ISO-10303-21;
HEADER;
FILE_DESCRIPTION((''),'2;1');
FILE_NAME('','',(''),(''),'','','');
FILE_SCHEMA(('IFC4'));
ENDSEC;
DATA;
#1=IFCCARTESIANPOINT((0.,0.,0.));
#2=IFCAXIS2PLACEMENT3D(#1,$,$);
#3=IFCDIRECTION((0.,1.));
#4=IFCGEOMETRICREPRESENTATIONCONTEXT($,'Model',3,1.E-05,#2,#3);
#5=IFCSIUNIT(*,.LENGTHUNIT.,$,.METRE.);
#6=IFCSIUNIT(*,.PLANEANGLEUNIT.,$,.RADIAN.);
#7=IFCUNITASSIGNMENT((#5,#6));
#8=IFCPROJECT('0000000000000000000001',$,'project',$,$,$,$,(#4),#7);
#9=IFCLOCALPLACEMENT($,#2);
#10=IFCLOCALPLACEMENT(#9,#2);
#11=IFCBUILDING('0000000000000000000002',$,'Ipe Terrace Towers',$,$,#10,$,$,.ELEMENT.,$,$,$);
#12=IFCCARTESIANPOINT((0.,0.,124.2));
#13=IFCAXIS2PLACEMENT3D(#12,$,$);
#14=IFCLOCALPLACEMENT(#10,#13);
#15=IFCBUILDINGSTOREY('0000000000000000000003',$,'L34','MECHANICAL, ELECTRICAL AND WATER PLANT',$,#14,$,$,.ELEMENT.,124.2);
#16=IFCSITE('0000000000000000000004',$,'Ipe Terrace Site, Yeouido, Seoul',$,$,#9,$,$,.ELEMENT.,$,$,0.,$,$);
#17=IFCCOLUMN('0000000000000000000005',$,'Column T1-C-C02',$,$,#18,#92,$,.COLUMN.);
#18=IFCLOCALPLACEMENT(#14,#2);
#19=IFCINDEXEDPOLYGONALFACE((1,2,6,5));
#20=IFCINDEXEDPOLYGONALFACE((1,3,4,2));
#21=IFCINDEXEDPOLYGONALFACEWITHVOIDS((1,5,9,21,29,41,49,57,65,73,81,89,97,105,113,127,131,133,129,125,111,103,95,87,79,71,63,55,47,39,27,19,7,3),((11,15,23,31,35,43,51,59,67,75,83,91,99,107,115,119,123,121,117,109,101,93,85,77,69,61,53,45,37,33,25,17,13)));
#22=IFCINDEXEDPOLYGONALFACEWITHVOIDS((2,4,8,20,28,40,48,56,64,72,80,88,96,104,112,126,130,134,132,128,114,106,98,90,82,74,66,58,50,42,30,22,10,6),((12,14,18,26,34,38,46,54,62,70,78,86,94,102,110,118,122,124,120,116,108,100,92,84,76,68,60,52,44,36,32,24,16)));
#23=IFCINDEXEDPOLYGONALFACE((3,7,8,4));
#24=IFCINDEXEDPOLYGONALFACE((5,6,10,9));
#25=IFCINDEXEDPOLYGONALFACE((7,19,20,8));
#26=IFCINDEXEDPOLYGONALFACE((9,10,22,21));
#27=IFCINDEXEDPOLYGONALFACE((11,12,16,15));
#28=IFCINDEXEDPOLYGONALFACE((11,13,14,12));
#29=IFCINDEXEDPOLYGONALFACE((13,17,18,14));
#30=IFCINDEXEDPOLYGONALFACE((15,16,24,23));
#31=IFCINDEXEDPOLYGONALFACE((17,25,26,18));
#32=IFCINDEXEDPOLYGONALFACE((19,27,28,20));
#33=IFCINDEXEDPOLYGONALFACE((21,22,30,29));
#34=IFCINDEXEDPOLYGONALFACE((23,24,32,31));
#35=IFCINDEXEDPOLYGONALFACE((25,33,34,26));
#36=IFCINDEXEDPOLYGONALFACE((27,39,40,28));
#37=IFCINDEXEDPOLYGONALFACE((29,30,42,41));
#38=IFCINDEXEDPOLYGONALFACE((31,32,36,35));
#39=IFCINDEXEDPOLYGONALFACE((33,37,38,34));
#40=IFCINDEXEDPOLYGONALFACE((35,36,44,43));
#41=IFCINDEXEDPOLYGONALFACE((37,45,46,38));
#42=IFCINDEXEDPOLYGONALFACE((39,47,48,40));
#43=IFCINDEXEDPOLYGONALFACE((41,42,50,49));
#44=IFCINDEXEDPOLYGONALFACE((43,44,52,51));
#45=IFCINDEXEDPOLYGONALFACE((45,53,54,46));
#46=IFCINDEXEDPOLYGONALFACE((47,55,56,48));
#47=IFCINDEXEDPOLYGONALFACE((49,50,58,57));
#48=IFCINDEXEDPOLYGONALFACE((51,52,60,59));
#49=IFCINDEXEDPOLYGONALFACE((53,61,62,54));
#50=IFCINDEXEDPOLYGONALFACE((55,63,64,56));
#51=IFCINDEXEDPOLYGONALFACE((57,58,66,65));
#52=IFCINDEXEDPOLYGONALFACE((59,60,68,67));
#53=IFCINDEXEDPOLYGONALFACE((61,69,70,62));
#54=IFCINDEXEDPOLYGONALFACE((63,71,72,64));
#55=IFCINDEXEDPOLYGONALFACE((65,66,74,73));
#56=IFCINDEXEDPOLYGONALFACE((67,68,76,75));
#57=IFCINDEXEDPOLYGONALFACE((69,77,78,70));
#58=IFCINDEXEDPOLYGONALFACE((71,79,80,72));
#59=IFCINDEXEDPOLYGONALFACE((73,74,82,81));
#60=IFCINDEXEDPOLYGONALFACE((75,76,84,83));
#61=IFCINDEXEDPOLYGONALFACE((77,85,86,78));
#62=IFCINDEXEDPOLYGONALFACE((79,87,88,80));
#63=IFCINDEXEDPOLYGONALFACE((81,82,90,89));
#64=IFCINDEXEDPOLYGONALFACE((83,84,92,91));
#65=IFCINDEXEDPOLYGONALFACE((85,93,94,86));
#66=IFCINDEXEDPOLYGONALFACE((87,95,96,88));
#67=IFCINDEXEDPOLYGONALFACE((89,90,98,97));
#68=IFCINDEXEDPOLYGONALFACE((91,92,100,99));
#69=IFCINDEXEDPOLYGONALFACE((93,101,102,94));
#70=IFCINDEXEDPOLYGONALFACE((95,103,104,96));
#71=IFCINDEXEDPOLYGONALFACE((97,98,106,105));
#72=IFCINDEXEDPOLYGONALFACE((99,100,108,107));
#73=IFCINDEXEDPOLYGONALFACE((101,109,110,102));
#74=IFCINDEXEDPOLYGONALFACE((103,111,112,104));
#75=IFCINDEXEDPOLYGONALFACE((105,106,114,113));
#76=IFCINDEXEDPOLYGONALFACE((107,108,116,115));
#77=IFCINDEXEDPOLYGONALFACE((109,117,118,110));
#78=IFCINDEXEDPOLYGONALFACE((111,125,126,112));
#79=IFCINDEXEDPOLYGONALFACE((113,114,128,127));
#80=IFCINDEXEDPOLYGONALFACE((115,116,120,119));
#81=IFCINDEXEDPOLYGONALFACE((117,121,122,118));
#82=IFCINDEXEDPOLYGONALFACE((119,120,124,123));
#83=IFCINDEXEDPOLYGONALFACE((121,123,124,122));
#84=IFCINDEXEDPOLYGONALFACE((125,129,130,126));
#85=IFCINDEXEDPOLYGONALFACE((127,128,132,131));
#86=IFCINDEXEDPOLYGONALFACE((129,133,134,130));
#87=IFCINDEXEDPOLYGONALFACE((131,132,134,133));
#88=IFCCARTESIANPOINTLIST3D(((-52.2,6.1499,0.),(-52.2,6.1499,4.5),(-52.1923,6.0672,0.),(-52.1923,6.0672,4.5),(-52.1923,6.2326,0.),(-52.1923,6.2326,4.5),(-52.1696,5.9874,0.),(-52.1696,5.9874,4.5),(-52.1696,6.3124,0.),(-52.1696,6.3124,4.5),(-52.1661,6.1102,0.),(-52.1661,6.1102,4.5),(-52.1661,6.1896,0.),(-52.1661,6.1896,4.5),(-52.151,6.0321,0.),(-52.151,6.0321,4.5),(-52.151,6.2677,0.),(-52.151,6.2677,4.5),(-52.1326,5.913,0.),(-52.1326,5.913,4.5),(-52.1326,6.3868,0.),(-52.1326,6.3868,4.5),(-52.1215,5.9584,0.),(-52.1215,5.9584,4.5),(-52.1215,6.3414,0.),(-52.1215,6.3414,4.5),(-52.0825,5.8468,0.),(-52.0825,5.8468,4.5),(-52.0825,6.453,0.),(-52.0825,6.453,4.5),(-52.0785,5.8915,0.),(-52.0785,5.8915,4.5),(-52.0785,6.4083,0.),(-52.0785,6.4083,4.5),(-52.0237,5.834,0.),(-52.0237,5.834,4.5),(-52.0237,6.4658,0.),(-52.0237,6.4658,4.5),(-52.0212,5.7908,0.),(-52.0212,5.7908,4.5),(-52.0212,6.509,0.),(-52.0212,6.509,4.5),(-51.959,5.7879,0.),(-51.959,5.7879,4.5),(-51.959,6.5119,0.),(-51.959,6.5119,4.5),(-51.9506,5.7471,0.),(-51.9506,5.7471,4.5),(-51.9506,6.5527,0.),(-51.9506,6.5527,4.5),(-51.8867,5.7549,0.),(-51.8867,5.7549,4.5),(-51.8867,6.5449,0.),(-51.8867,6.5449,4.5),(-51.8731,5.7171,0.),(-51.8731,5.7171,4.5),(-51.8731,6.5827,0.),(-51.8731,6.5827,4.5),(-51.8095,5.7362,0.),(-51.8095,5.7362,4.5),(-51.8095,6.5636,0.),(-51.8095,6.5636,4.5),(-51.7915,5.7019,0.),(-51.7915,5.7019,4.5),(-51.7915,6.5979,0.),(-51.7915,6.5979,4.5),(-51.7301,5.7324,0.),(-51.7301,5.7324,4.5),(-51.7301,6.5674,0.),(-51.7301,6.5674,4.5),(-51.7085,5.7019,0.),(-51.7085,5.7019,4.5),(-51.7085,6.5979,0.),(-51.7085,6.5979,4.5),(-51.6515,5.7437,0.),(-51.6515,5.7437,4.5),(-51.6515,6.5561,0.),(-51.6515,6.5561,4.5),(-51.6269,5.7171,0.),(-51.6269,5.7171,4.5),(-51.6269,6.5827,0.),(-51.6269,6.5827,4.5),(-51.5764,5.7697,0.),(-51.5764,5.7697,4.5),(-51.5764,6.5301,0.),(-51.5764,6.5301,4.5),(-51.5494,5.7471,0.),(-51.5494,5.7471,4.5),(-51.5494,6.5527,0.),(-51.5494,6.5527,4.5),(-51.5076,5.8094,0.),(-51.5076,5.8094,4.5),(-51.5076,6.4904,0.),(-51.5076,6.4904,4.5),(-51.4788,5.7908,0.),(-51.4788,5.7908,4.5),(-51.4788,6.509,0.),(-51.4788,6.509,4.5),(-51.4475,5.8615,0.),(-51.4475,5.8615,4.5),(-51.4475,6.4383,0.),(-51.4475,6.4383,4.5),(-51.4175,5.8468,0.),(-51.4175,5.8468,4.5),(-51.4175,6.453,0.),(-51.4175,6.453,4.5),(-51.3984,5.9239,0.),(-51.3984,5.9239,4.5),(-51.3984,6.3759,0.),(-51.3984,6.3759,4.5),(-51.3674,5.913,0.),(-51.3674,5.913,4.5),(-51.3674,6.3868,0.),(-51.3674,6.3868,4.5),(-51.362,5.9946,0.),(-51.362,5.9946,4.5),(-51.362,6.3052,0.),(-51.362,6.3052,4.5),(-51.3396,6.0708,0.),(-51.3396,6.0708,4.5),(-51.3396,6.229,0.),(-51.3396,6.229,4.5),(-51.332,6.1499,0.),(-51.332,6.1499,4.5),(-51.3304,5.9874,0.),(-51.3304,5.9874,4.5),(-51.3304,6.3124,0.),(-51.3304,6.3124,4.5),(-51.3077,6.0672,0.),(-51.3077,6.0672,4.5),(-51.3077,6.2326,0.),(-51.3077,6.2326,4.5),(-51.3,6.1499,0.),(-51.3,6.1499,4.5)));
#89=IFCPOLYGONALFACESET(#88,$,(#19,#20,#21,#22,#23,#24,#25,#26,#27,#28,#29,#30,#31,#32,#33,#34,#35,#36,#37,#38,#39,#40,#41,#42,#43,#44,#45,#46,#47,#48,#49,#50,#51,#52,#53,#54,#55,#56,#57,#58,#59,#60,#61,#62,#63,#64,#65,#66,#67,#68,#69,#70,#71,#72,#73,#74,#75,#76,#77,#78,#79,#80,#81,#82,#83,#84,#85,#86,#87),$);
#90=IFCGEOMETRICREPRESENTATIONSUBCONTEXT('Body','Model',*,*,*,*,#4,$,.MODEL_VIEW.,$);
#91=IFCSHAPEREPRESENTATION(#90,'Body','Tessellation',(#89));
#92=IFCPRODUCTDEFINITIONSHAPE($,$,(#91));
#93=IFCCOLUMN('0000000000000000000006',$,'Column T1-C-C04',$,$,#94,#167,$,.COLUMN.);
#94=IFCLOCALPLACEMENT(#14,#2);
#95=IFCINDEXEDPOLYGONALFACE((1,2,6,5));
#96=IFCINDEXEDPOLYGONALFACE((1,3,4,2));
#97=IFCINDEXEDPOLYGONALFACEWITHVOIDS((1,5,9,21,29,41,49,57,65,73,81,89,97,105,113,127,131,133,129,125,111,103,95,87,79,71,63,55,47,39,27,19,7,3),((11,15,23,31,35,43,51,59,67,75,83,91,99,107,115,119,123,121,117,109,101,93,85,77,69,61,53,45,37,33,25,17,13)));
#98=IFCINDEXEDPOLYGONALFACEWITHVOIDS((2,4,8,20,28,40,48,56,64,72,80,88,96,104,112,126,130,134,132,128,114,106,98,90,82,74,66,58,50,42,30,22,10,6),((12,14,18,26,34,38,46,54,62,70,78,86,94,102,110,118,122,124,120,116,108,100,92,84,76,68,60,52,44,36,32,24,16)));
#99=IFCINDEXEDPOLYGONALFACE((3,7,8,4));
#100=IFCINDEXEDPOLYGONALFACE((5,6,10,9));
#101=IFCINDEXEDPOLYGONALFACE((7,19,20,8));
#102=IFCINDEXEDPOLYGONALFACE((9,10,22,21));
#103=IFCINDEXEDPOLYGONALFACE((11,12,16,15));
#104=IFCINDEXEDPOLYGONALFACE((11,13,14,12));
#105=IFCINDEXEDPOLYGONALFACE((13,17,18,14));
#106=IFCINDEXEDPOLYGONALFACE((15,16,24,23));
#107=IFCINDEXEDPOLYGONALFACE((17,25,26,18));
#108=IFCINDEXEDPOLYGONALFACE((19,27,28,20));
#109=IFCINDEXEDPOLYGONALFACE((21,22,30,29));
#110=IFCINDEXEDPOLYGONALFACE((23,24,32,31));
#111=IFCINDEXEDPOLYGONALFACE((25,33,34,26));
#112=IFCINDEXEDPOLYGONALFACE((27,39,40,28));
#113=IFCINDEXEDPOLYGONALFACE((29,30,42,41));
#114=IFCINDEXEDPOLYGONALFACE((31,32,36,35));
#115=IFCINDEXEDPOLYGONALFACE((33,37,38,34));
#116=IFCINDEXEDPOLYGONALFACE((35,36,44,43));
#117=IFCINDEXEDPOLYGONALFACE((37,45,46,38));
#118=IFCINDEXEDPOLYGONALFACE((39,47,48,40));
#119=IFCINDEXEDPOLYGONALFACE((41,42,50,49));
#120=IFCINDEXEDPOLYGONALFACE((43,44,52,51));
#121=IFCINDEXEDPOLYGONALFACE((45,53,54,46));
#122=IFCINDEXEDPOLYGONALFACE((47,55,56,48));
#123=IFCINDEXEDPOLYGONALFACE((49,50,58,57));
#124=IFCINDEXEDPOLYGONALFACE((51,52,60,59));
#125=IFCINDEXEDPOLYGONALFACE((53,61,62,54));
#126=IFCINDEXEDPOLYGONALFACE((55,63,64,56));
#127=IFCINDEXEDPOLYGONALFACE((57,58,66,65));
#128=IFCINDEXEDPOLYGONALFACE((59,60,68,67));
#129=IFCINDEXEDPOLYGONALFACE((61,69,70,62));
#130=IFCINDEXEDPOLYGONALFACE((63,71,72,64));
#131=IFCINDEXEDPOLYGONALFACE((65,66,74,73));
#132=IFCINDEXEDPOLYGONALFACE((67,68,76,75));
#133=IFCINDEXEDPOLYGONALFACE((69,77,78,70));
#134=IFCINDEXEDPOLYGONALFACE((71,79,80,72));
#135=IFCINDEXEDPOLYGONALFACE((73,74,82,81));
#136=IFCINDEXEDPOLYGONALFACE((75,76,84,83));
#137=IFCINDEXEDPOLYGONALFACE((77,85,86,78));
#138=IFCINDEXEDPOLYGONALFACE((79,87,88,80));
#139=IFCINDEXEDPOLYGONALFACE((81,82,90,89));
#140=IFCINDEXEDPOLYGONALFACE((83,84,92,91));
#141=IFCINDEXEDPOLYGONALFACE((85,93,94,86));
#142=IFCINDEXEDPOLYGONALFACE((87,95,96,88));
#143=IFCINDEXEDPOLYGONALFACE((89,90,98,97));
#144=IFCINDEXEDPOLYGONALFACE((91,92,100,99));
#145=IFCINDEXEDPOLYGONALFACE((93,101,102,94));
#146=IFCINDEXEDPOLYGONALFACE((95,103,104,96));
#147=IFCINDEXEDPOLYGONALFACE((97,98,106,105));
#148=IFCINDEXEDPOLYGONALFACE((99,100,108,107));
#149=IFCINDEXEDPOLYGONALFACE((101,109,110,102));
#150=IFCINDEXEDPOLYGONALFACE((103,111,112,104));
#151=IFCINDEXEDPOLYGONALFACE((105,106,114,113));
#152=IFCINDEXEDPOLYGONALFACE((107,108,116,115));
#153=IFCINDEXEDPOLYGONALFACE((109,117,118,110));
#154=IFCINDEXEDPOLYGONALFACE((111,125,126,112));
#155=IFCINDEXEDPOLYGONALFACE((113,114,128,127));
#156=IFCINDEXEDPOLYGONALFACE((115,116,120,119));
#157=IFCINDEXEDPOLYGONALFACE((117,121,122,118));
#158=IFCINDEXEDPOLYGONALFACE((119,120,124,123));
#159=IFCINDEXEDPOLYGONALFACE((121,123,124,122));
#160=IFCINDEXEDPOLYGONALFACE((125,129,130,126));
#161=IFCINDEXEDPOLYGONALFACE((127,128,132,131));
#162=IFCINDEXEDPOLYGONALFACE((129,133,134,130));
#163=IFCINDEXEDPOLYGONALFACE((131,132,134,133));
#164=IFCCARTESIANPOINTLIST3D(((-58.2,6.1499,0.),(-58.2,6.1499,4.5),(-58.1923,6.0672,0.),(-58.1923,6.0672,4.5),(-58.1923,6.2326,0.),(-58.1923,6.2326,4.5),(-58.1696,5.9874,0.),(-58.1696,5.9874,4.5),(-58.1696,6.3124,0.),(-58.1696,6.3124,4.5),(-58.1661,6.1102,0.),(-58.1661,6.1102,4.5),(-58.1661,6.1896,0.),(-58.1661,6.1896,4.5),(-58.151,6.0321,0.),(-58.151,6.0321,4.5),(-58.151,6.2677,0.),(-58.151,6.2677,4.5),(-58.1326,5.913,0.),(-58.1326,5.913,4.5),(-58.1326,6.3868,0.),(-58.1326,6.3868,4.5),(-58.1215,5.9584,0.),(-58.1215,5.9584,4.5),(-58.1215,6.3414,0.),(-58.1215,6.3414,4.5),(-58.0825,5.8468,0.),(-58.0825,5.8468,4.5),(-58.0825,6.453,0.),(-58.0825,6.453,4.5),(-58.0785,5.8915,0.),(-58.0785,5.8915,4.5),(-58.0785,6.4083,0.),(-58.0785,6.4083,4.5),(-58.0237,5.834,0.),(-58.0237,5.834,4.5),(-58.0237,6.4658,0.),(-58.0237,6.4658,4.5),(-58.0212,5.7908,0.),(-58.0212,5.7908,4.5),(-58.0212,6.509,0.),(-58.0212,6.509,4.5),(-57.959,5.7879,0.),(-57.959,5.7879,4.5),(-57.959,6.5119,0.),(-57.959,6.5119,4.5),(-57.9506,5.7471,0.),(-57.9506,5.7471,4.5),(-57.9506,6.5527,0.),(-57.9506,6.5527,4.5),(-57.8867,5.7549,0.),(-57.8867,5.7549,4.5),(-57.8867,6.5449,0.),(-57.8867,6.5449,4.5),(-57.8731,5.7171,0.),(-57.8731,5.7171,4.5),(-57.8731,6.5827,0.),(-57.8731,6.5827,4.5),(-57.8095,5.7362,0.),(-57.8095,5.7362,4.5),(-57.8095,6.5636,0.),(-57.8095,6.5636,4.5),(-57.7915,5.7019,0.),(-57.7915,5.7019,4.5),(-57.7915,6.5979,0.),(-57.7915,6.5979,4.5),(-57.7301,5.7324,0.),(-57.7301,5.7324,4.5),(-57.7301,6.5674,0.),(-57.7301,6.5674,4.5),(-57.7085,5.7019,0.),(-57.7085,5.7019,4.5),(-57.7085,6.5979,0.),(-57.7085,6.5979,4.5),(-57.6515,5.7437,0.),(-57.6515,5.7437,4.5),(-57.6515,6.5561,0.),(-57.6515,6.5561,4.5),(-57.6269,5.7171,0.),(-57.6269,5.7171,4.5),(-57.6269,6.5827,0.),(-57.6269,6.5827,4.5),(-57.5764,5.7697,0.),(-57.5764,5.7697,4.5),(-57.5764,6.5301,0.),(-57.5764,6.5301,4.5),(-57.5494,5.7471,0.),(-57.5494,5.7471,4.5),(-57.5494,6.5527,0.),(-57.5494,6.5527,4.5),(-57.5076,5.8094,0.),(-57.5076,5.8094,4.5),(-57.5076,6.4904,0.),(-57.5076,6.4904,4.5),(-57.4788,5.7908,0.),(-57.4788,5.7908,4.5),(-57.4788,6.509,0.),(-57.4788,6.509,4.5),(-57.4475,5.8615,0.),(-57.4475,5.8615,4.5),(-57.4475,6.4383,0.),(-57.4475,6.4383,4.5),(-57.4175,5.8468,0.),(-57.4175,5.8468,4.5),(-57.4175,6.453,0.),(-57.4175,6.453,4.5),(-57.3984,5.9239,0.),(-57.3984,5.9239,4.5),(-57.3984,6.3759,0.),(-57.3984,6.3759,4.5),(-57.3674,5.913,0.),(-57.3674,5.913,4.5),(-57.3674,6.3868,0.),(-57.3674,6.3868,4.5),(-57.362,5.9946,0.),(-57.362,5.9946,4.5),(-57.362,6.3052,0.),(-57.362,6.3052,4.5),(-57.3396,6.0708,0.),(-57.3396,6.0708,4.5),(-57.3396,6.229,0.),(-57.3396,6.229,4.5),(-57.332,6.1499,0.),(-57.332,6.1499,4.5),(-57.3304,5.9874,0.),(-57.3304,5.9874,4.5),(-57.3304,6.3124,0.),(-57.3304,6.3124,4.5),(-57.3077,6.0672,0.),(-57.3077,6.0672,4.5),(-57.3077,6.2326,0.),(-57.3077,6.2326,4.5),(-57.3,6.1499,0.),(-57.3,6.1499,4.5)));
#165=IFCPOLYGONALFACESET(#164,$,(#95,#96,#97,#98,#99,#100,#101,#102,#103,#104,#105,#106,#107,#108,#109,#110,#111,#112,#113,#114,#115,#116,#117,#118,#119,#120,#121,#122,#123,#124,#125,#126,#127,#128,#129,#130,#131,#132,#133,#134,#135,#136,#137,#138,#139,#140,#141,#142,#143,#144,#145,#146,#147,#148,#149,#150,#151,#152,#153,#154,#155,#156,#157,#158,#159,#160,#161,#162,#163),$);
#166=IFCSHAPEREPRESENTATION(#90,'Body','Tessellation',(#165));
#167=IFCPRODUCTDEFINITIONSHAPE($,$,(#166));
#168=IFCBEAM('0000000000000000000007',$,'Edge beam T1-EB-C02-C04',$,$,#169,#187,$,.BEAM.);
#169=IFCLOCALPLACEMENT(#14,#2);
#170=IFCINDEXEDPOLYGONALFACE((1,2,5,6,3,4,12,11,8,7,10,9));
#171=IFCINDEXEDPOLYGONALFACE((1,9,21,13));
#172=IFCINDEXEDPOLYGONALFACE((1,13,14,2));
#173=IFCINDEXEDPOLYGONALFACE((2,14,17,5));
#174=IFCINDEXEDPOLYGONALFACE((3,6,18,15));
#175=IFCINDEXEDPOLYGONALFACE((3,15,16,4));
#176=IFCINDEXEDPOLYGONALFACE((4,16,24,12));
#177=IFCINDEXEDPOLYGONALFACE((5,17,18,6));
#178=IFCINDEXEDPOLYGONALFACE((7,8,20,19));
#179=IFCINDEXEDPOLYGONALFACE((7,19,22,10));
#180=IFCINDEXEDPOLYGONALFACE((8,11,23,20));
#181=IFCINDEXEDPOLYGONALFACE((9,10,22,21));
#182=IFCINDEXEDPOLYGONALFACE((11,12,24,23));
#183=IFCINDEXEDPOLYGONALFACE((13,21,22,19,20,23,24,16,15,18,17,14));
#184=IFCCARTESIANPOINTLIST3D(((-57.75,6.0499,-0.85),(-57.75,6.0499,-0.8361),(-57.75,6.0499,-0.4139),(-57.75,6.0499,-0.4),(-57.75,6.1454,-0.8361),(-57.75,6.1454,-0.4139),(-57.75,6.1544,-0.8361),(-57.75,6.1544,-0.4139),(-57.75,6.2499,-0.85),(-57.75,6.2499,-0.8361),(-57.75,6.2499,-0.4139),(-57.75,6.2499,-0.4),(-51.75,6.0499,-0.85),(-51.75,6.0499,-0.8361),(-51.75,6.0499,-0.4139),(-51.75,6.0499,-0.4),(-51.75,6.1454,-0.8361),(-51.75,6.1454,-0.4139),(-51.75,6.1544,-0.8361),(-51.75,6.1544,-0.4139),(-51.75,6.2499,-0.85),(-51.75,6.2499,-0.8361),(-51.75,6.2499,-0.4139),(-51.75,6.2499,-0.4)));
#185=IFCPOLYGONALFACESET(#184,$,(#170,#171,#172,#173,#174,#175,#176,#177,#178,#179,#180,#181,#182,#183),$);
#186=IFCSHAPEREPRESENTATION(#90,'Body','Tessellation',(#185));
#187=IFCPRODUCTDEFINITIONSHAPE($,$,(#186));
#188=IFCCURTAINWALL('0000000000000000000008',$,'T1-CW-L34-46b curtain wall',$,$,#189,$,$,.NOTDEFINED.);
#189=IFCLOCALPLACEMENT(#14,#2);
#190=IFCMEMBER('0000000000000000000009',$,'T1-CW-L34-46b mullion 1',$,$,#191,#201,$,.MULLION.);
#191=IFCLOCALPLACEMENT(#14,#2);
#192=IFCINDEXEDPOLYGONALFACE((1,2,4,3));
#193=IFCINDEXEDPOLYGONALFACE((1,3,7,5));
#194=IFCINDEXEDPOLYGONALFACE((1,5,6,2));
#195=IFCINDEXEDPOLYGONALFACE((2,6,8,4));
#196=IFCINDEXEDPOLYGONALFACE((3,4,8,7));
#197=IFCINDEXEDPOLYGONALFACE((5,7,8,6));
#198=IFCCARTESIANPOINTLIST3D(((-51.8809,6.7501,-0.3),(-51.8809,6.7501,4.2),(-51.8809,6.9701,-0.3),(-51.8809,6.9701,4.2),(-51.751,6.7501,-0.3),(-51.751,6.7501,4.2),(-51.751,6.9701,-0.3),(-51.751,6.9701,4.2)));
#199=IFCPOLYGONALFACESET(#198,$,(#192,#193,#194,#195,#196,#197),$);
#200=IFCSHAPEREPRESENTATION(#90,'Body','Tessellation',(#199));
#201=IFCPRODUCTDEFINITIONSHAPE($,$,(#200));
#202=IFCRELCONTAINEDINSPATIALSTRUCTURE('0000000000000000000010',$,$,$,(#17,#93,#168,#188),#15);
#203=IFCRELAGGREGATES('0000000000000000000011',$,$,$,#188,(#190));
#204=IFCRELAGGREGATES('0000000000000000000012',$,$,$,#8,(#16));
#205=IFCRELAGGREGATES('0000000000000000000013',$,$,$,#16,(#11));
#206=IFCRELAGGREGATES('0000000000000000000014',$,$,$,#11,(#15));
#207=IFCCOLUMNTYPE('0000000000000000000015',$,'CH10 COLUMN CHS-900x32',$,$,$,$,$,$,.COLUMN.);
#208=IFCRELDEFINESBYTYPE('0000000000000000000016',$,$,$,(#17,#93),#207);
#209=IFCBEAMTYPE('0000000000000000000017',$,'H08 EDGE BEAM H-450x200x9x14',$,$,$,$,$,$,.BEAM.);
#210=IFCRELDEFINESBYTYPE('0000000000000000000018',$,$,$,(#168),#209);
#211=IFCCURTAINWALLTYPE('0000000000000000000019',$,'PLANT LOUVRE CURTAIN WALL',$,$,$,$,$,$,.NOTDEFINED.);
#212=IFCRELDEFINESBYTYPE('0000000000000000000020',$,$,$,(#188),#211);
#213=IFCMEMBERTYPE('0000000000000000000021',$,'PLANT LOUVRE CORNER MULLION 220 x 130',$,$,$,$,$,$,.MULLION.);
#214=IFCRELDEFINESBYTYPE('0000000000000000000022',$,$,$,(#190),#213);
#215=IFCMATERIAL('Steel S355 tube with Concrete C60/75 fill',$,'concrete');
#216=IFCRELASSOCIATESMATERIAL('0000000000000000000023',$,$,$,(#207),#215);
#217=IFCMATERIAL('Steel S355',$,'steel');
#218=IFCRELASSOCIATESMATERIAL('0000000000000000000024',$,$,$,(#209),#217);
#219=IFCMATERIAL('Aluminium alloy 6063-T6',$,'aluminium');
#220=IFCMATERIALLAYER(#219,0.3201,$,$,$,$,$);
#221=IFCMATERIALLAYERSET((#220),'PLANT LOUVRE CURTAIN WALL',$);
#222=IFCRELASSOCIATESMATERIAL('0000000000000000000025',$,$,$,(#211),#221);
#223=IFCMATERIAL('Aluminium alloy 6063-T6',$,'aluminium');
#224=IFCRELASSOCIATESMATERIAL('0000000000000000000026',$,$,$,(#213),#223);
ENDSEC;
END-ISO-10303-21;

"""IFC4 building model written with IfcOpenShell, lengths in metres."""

from ifc_helpers import new_model, si_unit, direction, frame, origin, origin_2d, place, context, subcontext, project, spatial, rectangle, hollow_circle, i_section, extrude, material, layer, layer_set, material_profile, profile_set, type_object, element, aggregate, save


model = new_model("IFC4")

# Units and contexts
model_context = context("Model", 3, precision=1e-05, world=origin(), true_north=direction((0.0, 1.0)))
body_context = subcontext(model_context, "Body", "Model", "MODEL_VIEW")
ifc_project = project(units=[si_unit("LENGTHUNIT", "METRE"), si_unit("PLANEANGLEUNIT", "RADIAN")], contexts=[model_context])

# Site, building, storey
site_placement = place(None, origin())
site = spatial("IfcSite", under=ifc_project, at=site_placement, Name="Ipe Terrace Site, Yeouido, Seoul", CompositionType="ELEMENT", RefElevation=0.0)
building_placement = place(site_placement, origin())
building = spatial("IfcBuilding", under=site, at=building_placement, Name="Ipe Terrace Towers", CompositionType="ELEMENT")
storey_placement = place(building_placement, frame((0.0, 0.0, 124.2)))
storey = spatial("IfcBuildingStorey", under=building, at=storey_placement, Name="L34", Description="MECHANICAL, ELECTRICAL AND WATER PLANT", CompositionType="ELEMENT", Elevation=124.2)

# Columns
ifc_material_1 = material(Name="Steel S355 tube with Concrete C60/75 fill", Category="concrete")
ifc_material_profile_1 = material_profile(ifc_material_1, hollow_circle(Radius=0.45, WallThickness=0.032, at=origin_2d()), Name="CHS-900x32")
ifc_profile_set_1 = profile_set([ifc_material_profile_1], Name="Steel S355 tube with Concrete C60/75 fill")
column_type = type_object("IfcColumnType", Name="CH10 COLUMN CHS-900x32", PredefinedType="COLUMN", material=ifc_profile_set_1)
for number, where, z_axis, x_axis, name in (
    (1, (-51.75, 6.1499, 0.0), (0.0, 0.0, 1.0), (1.0, 0.0, 0.0), "Column T1-C-C02"),
    (2, (-57.75, 6.1499, 0.0), (0.0, 0.0, 1.0), (1.0, 0.0, 0.0), "Column T1-C-C04"),
):
    element("IfcColumn", number, at=place(storey_placement, frame(where, z_axis=z_axis, x_axis=x_axis)), inside=storey, type_object=column_type, Name=name, PredefinedType="COLUMN", context=body_context, shape_type="SweptSolid", body=[
        extrude(hollow_circle(Radius=0.45, WallThickness=0.032, at=origin_2d()), origin(), (0.0, 0.0, 1.0), 4.5),
    ])

# Beam
ifc_material_2 = material(Name="Steel S355", Category="steel")
ifc_material_profile_2 = material_profile(ifc_material_2, i_section(OverallWidth=0.2, OverallDepth=0.45, WebThickness=0.009, FlangeThickness=0.0139, at=origin_2d()), Name="H-450x200x9x14")
ifc_profile_set_2 = profile_set([ifc_material_profile_2], Name="Steel S355")
beam_type = type_object("IfcBeamType", Name="H08 EDGE BEAM H-450x200x9x14", PredefinedType="BEAM", material=ifc_profile_set_2)
beam_placement = place(storey_placement, frame((-51.75, 6.1499, -0.625), z_axis=(-1.0, 0.0, 0.0), x_axis=(0.0, -1.0, 0.0)))
element("IfcBeam", 3, at=beam_placement, inside=storey, type_object=beam_type, Name="Edge beam T1-EB-C02-C04", PredefinedType="BEAM", context=body_context, shape_type="SweptSolid", body=[
    extrude(i_section(OverallWidth=0.2, OverallDepth=0.45, WebThickness=0.009, FlangeThickness=0.0139, at=origin_2d()), origin(), (0.0, 0.0, 1.0), 6.0),
])

# Curtain wall, member
ifc_material_3 = material(Name="Aluminium alloy 6063-T6", Category="aluminium")
ifc_layer_1 = layer(ifc_material_3, 0.3201)
ifc_layer_set_1 = layer_set([ifc_layer_1], Name="PLANT LOUVRE CURTAIN WALL")
curtain_wall_type = type_object("IfcCurtainWallType", Name="PLANT LOUVRE CURTAIN WALL", PredefinedType="NOTDEFINED", material=ifc_layer_set_1)
curtain_wall_1_placement = place(storey_placement, origin())
curtain_wall_1 = element("IfcCurtainWall", 4, at=curtain_wall_1_placement, inside=storey, type_object=curtain_wall_type, Name="T1-CW-L34-46b curtain wall", PredefinedType="NOTDEFINED")
ifc_material_4 = material(Name="Aluminium alloy 6063-T6", Category="aluminium")
ifc_material_profile_3 = material_profile(ifc_material_4, rectangle(XDim=0.22, YDim=0.1299, at=origin_2d()), Name="PLANT LOUVRE CORNER MULLION 220 x 130")
ifc_profile_set_3 = profile_set([ifc_material_profile_3], Name="Aluminium alloy 6063-T6")
member_type_1 = type_object("IfcMemberType", Name="PLANT LOUVRE CORNER MULLION 220 x 130", PredefinedType="MULLION", material=ifc_profile_set_3)
member_1_placement = place(storey_placement, frame((-51.8159, 6.8601, -0.3), z_axis=(0.0, 0.0, 1.0), x_axis=(0.0, 1.0, 0.0)))
member_1 = element("IfcMember", 5, at=member_1_placement, type_object=member_type_1, Name="T1-CW-L34-46b mullion 1", PredefinedType="MULLION", context=body_context, shape_type="SweptSolid", body=[
    extrude(rectangle(XDim=0.22, YDim=0.1299, at=origin_2d()), origin(), (0.0, 0.0, 1.0), 4.5),
])

aggregate(curtain_wall_1, [member_1])

save(model, "model.ifc")
